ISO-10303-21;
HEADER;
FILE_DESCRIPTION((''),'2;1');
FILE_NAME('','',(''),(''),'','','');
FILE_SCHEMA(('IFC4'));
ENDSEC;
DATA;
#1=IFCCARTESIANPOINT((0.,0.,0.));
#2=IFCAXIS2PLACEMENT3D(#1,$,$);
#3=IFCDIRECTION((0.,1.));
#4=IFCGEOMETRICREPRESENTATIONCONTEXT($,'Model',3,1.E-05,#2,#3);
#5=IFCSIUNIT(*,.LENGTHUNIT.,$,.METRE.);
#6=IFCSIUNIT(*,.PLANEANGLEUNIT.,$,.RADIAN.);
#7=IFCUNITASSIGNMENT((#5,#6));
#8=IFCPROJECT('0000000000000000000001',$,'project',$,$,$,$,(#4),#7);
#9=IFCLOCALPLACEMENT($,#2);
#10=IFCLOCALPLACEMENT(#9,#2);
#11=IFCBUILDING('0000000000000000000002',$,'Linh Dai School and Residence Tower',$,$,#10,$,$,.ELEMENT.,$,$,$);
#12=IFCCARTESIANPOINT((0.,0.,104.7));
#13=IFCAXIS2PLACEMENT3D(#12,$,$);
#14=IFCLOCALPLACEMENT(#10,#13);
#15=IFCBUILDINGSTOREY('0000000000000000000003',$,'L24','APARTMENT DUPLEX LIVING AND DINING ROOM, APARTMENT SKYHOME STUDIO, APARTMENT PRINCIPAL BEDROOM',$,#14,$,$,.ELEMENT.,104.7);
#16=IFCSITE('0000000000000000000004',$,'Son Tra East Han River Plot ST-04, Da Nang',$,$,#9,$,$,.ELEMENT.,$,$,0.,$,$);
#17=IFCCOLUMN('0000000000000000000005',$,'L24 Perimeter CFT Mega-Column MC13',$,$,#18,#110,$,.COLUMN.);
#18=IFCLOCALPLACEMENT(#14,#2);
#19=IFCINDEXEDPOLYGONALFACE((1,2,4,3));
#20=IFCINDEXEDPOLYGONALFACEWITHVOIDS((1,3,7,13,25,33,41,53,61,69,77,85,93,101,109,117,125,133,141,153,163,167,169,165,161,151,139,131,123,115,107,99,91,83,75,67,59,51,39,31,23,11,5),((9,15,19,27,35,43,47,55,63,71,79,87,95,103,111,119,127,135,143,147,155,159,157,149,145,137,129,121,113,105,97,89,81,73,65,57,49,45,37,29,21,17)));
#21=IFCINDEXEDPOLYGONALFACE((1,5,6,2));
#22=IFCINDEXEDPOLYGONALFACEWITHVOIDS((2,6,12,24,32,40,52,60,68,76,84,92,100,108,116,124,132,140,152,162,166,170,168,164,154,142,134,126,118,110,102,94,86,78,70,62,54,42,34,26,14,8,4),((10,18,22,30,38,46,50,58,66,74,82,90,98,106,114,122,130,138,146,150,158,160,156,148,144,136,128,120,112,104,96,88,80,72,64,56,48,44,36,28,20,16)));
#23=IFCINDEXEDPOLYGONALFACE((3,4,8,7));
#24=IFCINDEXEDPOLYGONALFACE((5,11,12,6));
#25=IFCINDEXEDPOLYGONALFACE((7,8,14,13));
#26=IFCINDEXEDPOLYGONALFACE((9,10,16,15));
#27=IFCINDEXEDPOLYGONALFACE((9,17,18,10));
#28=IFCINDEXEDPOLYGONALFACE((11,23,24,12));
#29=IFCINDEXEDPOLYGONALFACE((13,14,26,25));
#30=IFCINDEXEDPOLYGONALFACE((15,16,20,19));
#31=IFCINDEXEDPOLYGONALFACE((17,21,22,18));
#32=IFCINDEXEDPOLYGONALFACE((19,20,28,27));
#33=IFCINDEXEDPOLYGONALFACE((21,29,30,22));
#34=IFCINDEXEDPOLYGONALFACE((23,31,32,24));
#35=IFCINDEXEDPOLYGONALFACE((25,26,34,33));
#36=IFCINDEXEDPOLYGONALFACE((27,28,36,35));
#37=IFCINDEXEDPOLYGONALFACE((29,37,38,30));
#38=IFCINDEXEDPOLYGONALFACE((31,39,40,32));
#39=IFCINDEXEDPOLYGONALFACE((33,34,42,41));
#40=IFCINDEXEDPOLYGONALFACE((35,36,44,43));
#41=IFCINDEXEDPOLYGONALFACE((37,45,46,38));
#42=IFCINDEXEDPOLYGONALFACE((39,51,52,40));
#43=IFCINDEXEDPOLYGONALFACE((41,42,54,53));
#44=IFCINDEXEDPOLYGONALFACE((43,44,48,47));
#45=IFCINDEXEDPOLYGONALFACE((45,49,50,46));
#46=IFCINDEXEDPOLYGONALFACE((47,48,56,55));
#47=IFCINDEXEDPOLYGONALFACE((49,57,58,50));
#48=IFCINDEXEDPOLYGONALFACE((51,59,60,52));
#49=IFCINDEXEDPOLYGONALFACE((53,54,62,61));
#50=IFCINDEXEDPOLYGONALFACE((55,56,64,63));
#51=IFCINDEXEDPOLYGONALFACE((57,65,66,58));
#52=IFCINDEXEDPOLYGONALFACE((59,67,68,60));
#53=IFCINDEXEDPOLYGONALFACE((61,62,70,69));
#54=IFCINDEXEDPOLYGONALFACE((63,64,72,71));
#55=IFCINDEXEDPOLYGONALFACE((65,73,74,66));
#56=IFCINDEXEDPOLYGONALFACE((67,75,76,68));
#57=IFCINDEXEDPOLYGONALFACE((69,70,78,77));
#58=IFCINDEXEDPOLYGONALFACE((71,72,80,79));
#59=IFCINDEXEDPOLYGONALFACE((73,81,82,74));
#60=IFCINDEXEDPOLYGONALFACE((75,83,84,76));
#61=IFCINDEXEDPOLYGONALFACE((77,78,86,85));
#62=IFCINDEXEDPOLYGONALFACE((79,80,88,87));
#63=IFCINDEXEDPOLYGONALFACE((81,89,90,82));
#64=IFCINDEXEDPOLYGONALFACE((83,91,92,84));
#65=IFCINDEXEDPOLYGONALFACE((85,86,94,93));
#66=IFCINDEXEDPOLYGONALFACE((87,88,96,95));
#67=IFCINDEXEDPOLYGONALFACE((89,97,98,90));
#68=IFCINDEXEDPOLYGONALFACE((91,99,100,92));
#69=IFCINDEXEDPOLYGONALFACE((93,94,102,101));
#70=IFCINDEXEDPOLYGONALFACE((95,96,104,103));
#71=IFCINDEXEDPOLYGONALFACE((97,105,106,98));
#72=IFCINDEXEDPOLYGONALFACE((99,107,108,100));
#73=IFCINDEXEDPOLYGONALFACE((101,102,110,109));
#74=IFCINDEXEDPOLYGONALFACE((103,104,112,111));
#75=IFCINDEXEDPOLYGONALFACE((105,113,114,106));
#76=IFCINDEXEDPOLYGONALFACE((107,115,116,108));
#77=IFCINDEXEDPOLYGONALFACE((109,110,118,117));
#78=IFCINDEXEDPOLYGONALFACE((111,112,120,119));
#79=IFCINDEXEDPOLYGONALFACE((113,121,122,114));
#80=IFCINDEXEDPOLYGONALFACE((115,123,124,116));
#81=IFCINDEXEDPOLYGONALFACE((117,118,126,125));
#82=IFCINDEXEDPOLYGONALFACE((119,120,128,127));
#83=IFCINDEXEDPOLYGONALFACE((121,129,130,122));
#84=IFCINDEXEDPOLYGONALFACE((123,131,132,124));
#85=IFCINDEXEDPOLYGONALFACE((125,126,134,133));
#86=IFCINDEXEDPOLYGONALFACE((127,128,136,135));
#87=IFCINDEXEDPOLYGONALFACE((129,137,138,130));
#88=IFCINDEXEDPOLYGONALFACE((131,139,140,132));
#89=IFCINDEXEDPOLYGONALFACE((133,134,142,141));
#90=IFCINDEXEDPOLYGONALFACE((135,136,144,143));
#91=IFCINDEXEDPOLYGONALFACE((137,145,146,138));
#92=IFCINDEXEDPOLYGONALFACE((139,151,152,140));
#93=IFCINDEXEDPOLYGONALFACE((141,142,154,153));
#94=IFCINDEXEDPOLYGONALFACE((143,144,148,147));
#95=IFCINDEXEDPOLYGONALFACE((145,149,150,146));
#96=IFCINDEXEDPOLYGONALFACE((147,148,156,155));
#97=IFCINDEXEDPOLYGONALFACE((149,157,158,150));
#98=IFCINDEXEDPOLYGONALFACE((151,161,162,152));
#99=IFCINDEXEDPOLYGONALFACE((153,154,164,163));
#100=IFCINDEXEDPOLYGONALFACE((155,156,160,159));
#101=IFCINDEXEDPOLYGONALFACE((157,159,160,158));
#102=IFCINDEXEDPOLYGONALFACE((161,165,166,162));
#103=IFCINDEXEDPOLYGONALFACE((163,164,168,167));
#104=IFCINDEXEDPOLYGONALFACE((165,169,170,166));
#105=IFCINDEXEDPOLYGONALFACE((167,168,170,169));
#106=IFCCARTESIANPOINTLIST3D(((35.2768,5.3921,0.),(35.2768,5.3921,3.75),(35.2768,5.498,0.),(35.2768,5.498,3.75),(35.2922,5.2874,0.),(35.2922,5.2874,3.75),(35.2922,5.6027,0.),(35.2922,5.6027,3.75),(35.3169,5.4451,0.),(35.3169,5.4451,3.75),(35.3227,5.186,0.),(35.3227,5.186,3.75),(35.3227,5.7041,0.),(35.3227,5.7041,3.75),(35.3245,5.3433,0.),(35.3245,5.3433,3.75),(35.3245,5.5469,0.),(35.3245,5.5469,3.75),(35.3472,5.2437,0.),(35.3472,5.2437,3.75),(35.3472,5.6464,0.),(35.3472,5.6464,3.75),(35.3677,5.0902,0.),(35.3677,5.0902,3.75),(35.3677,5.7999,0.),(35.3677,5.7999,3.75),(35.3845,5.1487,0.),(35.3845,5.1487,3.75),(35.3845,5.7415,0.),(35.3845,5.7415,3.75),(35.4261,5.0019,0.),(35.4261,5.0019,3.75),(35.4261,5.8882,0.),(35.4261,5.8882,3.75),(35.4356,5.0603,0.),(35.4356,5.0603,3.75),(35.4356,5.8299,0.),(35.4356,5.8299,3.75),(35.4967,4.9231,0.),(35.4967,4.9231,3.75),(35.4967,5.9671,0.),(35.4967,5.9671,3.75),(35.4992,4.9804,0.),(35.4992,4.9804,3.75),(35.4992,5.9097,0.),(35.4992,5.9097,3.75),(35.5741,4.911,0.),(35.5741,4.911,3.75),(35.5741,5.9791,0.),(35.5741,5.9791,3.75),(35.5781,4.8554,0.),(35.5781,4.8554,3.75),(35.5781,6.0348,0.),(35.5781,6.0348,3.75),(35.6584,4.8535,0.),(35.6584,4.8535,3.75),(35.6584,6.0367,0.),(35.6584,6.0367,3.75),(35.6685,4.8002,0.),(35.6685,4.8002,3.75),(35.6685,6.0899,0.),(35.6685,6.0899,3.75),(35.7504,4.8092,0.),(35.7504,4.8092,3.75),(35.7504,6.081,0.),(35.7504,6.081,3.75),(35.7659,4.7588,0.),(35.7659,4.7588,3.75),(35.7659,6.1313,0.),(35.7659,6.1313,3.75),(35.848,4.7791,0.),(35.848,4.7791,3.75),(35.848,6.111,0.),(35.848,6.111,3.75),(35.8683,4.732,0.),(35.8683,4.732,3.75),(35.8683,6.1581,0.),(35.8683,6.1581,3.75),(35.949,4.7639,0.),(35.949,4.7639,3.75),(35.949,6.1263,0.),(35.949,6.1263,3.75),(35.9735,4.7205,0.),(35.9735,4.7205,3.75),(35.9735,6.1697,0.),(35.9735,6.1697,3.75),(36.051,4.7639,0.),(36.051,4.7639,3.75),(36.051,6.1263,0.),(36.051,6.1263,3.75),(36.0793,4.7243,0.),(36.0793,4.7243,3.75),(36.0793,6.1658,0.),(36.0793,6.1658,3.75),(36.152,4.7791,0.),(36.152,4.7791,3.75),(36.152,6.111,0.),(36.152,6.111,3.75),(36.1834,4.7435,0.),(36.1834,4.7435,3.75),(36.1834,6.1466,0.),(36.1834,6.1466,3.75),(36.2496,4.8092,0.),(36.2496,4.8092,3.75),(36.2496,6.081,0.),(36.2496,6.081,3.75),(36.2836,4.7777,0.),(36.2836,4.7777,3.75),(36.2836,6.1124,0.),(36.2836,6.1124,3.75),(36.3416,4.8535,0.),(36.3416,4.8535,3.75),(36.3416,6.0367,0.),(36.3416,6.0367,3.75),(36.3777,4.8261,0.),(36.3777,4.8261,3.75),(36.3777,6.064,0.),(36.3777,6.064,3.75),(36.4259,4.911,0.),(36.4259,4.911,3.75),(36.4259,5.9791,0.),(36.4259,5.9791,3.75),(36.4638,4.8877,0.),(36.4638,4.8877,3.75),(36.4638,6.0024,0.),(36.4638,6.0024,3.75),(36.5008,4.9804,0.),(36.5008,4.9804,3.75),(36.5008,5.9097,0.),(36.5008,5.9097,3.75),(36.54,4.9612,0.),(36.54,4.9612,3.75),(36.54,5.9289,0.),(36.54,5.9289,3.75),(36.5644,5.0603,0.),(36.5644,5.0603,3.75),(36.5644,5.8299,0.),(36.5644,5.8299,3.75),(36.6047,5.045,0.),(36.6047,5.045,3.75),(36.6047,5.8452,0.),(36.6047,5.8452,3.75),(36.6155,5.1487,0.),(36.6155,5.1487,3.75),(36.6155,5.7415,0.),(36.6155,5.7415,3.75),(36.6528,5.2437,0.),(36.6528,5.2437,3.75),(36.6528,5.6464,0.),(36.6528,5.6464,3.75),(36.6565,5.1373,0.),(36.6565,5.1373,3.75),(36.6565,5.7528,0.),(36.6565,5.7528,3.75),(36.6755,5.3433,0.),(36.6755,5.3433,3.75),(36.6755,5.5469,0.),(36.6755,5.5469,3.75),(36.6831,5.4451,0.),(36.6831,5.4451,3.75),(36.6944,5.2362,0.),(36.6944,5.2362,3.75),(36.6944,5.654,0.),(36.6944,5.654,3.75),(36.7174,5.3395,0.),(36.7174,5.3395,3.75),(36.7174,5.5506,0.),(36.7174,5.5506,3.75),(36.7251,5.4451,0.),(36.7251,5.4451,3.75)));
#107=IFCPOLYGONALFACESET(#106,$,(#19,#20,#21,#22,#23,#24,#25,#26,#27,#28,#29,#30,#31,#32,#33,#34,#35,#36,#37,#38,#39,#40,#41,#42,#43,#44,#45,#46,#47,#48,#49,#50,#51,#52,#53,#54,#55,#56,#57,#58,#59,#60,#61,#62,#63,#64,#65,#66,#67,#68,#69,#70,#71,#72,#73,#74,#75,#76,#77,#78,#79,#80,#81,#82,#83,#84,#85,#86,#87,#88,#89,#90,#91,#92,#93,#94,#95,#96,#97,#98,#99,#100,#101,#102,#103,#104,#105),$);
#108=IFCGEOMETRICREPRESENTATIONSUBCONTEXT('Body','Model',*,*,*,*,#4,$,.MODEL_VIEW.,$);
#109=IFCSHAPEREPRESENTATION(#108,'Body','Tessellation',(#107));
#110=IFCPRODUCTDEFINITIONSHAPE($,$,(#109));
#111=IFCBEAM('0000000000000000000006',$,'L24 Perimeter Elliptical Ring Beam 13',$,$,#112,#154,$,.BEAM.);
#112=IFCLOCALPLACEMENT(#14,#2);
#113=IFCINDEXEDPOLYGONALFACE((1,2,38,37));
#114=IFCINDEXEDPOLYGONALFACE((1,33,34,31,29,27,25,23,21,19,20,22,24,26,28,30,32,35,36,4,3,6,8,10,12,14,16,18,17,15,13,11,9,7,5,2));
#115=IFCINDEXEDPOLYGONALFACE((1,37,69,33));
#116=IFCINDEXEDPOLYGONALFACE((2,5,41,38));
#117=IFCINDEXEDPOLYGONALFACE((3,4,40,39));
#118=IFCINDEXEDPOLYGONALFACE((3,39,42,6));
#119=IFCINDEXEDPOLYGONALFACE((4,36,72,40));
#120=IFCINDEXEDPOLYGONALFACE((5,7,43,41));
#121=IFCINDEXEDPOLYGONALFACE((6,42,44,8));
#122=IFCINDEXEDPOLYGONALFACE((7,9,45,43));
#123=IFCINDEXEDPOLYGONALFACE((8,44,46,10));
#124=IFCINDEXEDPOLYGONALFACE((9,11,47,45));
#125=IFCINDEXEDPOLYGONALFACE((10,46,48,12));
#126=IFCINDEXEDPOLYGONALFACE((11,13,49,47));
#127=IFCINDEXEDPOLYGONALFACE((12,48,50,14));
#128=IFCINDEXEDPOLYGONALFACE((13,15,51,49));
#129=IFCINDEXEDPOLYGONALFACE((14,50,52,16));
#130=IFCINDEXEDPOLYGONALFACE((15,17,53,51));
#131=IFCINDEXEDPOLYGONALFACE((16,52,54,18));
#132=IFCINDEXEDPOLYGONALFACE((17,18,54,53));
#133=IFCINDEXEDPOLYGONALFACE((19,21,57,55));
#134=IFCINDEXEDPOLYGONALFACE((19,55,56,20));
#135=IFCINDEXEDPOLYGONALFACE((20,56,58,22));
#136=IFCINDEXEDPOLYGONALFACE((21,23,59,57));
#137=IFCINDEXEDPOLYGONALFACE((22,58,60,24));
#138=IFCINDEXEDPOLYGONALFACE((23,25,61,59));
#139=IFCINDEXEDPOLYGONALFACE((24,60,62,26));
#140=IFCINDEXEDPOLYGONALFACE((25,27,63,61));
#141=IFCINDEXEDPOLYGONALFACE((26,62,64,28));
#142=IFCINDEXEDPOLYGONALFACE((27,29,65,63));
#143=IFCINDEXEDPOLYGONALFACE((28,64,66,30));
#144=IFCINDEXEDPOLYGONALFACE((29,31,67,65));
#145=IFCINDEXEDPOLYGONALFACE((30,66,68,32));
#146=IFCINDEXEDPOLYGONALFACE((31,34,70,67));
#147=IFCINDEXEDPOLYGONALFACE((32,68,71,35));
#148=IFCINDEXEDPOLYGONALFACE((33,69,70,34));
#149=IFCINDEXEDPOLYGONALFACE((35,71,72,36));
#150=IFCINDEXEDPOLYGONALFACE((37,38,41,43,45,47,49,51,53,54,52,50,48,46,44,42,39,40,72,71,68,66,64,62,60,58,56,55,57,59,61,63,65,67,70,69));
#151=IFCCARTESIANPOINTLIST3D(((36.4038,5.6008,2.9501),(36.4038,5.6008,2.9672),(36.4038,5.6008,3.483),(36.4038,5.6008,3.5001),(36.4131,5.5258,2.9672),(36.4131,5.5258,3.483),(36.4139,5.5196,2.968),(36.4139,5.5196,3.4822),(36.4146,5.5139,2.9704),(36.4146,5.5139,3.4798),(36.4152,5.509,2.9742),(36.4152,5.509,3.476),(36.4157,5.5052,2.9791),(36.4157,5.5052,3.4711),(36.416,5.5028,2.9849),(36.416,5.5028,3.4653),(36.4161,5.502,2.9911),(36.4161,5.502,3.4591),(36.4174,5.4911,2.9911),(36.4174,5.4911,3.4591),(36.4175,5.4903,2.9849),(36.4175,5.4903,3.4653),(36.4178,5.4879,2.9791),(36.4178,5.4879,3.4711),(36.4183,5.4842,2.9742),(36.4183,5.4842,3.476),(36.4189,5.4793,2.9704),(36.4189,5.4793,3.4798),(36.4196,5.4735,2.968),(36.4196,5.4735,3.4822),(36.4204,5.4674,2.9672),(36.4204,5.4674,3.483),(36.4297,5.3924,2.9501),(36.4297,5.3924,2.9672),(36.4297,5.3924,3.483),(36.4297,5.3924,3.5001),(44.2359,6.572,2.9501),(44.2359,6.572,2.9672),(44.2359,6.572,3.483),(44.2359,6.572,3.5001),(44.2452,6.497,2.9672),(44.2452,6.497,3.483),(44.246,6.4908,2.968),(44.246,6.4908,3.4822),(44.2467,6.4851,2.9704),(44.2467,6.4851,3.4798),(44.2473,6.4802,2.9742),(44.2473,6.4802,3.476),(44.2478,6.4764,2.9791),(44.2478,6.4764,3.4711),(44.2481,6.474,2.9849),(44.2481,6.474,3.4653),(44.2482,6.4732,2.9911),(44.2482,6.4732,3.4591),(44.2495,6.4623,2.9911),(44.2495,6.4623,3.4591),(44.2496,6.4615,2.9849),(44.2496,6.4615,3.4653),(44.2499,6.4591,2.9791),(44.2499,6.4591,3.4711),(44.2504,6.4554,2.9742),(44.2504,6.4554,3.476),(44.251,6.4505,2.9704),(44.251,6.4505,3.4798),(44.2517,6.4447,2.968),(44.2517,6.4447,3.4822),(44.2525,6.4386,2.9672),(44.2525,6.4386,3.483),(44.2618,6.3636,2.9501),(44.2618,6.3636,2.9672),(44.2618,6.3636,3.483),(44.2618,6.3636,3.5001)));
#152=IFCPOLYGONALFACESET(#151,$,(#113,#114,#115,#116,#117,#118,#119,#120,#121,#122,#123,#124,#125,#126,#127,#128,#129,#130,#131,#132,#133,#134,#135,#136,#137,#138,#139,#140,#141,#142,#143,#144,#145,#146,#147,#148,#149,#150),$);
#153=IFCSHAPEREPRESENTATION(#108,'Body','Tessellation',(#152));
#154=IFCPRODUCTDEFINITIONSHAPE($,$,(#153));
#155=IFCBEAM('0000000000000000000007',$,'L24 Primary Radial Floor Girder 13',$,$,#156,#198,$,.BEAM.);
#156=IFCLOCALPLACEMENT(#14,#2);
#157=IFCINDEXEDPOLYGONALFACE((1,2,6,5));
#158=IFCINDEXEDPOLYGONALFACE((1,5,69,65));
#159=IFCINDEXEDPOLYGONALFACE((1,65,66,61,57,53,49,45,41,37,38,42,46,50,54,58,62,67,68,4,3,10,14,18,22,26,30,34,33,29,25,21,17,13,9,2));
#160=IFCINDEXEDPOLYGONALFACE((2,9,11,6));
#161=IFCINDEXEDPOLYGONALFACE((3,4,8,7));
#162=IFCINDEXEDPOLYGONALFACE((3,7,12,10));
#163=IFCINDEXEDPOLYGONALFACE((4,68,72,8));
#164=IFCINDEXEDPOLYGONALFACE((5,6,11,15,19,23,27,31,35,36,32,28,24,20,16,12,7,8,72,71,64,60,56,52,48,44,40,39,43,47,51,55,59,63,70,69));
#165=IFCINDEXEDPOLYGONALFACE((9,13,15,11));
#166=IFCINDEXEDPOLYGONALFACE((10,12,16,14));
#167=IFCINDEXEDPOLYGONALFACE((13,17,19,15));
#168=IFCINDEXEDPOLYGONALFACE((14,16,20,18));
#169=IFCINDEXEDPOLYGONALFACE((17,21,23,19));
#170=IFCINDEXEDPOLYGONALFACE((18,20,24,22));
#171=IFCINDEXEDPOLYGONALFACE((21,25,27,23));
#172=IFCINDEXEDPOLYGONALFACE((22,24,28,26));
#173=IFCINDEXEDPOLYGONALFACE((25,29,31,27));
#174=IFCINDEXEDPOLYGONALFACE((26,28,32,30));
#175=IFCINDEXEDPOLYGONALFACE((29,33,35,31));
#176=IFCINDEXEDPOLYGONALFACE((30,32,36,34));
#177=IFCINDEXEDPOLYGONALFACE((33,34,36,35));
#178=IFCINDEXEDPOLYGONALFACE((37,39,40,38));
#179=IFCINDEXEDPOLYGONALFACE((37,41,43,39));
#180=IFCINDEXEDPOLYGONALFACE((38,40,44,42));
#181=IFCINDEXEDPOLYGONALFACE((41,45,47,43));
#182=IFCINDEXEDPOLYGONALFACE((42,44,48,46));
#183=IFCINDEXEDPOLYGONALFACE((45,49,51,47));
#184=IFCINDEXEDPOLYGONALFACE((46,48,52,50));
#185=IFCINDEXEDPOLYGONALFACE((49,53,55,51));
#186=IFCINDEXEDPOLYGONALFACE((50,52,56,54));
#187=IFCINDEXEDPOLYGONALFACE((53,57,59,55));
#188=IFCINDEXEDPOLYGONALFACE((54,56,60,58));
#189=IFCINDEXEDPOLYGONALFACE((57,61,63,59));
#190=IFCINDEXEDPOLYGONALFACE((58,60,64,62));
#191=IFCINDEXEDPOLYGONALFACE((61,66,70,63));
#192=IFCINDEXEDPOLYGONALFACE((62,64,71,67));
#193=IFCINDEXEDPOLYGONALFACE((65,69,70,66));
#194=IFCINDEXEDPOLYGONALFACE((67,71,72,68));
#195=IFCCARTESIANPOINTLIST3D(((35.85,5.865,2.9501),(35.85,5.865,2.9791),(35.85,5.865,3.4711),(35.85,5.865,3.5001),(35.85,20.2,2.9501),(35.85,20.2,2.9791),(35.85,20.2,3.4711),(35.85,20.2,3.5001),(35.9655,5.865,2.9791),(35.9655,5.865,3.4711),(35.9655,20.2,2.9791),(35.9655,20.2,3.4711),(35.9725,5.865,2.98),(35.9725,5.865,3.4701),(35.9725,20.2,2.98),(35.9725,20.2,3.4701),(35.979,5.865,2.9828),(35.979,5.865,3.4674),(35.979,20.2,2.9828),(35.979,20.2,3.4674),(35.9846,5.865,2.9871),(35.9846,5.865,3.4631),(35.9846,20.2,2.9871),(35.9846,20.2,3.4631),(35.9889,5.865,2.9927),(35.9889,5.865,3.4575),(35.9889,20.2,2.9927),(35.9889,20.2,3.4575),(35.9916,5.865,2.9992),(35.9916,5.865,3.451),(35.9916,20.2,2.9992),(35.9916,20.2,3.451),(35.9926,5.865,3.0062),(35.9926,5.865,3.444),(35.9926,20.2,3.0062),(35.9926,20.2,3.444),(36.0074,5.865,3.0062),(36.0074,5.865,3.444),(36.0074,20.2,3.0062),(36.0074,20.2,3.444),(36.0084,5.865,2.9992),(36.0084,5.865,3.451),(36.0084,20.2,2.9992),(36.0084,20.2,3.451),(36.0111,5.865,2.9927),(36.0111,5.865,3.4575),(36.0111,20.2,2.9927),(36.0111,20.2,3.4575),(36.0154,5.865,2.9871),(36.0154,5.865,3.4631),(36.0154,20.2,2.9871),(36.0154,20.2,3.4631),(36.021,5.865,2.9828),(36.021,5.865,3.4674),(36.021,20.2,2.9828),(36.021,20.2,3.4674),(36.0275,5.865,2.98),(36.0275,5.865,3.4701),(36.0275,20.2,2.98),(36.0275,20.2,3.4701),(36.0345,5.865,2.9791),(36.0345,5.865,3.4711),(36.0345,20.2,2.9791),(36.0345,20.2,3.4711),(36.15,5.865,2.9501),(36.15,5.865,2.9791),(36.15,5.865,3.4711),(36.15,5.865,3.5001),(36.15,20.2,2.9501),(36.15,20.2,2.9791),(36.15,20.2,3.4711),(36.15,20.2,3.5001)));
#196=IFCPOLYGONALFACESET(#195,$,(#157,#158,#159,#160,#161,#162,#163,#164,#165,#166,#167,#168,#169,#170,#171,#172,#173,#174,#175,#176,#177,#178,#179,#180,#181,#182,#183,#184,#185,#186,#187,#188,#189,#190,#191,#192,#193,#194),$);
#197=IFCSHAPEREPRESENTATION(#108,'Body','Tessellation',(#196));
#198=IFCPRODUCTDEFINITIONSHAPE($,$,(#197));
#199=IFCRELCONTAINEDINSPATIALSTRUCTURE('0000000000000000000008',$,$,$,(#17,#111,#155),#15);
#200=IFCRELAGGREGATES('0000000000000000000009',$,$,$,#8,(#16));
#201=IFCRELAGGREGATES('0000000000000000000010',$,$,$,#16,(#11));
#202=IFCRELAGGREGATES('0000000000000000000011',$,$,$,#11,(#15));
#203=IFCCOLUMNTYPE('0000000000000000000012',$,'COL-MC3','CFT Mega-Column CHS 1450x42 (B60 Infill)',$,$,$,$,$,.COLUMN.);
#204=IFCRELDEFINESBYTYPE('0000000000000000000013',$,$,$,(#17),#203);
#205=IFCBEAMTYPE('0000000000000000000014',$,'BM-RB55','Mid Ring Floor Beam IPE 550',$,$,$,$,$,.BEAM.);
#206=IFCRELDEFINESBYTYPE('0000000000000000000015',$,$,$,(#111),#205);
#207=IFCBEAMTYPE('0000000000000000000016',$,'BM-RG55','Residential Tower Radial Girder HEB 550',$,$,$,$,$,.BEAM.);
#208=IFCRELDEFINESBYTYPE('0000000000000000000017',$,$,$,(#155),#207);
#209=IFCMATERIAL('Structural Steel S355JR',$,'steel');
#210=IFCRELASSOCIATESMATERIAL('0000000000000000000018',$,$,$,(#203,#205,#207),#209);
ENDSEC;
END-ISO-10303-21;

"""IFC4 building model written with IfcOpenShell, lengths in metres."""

from ifc_helpers import new_model, si_unit, direction, frame, origin, origin_2d, place, context, subcontext, project, spatial, hollow_circle, i_section, extrude, material, material_profile, profile_set, type_object, element, save


model = new_model("IFC4")

# Units and contexts
model_context = context("Model", 3, precision=1e-05, world=origin(), true_north=direction((0.0, 1.0)))
body_context = subcontext(model_context, "Body", "Model", "MODEL_VIEW")
ifc_project = project(units=[si_unit("LENGTHUNIT", "METRE"), si_unit("PLANEANGLEUNIT", "RADIAN")], contexts=[model_context])

# Site, building, storey
site_placement = place(None, origin())
site = spatial("IfcSite", under=ifc_project, at=site_placement, Name="Son Tra East Han River Plot ST-04, Da Nang", CompositionType="ELEMENT", RefElevation=0.0)
building_placement = place(site_placement, origin())
building = spatial("IfcBuilding", under=site, at=building_placement, Name="Linh Dai School and Residence Tower", CompositionType="ELEMENT")
storey_placement = place(building_placement, frame((0.0, 0.0, 104.7)))
storey = spatial("IfcBuildingStorey", under=building, at=storey_placement, Name="L24", Description="APARTMENT DUPLEX LIVING AND DINING ROOM, APARTMENT SKYHOME STUDIO, APARTMENT PRINCIPAL BEDROOM", CompositionType="ELEMENT", Elevation=104.7)

# Column
ifc_material_1 = material(Name="Structural Steel S355JR", Category="steel")
ifc_material_profile_1 = material_profile(ifc_material_1, hollow_circle(Radius=0.7251, WallThickness=0.042, at=origin_2d()), Name="CHS 1450x42")
ifc_profile_set_1 = profile_set([ifc_material_profile_1], Name="Structural Steel S355JR")
column_type_1 = type_object("IfcColumnType", Name="COL-MC3", Description="CFT Mega-Column CHS 1450x42 (B60 Infill)", PredefinedType="COLUMN", material=ifc_profile_set_1)
column_placement = place(storey_placement, frame((36.0, 5.4451, 0.0), z_axis=(0.0, 0.0, 1.0), x_axis=(1.0, 0.0, 0.0)))
element("IfcColumn", 1, at=column_placement, inside=storey, type_object=column_type_1, Name="L24 Perimeter CFT Mega-Column MC13", PredefinedType="COLUMN", context=body_context, shape_type="SweptSolid", body=[
    extrude(hollow_circle(Radius=0.7251, WallThickness=0.042, at=origin_2d()), origin(), (0.0, 0.0, 1.0), 3.75),
])

# Beams
ifc_material_profile_2 = material_profile(ifc_material_1, i_section(OverallWidth=0.21, OverallDepth=0.55, WebThickness=0.011, FlangeThickness=0.0171, FilletRadius=0.0239, at=origin_2d()), Name="IPE 550")
ifc_profile_set_2 = profile_set([ifc_material_profile_2], Name="Structural Steel S355JR")
beam_type_1 = type_object("IfcBeamType", Name="BM-RB55", Description="Mid Ring Floor Beam IPE 550", PredefinedType="BEAM", material=ifc_profile_set_2)
beam_1_placement = place(storey_placement, frame((36.4167, 5.4966, 3.2251), z_axis=(0.992399, 0.12306, 0.0), x_axis=(-0.12306, 0.992399, 0.0)))
element("IfcBeam", 2, at=beam_1_placement, inside=storey, type_object=beam_type_1, Name="L24 Perimeter Elliptical Ring Beam 13", PredefinedType="BEAM", context=body_context, shape_type="SweptSolid", body=[
    extrude(i_section(OverallWidth=0.21, OverallDepth=0.55, WebThickness=0.011, FlangeThickness=0.0171, FilletRadius=0.0239, at=origin_2d()), origin(), (0.0, 0.0, 1.0), 7.8921),
])
ifc_material_profile_3 = material_profile(ifc_material_1, i_section(OverallWidth=0.3, OverallDepth=0.55, WebThickness=0.0149, FlangeThickness=0.0291, FilletRadius=0.0271, at=origin_2d()), Name="HEB 550")
ifc_profile_set_3 = profile_set([ifc_material_profile_3], Name="Structural Steel S355JR")
beam_type_2 = type_object("IfcBeamType", Name="BM-RG55", Description="Residential Tower Radial Girder HEB 550", PredefinedType="BEAM", material=ifc_profile_set_3)
beam_2_placement = place(storey_placement, frame((36.0, 20.2, 3.2251), z_axis=(0.0, -1.0, 0.0), x_axis=(1.0, 0.0, 0.0)))
element("IfcBeam", 3, at=beam_2_placement, inside=storey, type_object=beam_type_2, Name="L24 Primary Radial Floor Girder 13", PredefinedType="BEAM", context=body_context, shape_type="SweptSolid", body=[
    extrude(i_section(OverallWidth=0.3, OverallDepth=0.55, WebThickness=0.0149, FlangeThickness=0.0291, FilletRadius=0.0271, at=origin_2d()), origin(), (0.0, 0.0, 1.0), 14.335),
])

save(model, "model.ifc")
